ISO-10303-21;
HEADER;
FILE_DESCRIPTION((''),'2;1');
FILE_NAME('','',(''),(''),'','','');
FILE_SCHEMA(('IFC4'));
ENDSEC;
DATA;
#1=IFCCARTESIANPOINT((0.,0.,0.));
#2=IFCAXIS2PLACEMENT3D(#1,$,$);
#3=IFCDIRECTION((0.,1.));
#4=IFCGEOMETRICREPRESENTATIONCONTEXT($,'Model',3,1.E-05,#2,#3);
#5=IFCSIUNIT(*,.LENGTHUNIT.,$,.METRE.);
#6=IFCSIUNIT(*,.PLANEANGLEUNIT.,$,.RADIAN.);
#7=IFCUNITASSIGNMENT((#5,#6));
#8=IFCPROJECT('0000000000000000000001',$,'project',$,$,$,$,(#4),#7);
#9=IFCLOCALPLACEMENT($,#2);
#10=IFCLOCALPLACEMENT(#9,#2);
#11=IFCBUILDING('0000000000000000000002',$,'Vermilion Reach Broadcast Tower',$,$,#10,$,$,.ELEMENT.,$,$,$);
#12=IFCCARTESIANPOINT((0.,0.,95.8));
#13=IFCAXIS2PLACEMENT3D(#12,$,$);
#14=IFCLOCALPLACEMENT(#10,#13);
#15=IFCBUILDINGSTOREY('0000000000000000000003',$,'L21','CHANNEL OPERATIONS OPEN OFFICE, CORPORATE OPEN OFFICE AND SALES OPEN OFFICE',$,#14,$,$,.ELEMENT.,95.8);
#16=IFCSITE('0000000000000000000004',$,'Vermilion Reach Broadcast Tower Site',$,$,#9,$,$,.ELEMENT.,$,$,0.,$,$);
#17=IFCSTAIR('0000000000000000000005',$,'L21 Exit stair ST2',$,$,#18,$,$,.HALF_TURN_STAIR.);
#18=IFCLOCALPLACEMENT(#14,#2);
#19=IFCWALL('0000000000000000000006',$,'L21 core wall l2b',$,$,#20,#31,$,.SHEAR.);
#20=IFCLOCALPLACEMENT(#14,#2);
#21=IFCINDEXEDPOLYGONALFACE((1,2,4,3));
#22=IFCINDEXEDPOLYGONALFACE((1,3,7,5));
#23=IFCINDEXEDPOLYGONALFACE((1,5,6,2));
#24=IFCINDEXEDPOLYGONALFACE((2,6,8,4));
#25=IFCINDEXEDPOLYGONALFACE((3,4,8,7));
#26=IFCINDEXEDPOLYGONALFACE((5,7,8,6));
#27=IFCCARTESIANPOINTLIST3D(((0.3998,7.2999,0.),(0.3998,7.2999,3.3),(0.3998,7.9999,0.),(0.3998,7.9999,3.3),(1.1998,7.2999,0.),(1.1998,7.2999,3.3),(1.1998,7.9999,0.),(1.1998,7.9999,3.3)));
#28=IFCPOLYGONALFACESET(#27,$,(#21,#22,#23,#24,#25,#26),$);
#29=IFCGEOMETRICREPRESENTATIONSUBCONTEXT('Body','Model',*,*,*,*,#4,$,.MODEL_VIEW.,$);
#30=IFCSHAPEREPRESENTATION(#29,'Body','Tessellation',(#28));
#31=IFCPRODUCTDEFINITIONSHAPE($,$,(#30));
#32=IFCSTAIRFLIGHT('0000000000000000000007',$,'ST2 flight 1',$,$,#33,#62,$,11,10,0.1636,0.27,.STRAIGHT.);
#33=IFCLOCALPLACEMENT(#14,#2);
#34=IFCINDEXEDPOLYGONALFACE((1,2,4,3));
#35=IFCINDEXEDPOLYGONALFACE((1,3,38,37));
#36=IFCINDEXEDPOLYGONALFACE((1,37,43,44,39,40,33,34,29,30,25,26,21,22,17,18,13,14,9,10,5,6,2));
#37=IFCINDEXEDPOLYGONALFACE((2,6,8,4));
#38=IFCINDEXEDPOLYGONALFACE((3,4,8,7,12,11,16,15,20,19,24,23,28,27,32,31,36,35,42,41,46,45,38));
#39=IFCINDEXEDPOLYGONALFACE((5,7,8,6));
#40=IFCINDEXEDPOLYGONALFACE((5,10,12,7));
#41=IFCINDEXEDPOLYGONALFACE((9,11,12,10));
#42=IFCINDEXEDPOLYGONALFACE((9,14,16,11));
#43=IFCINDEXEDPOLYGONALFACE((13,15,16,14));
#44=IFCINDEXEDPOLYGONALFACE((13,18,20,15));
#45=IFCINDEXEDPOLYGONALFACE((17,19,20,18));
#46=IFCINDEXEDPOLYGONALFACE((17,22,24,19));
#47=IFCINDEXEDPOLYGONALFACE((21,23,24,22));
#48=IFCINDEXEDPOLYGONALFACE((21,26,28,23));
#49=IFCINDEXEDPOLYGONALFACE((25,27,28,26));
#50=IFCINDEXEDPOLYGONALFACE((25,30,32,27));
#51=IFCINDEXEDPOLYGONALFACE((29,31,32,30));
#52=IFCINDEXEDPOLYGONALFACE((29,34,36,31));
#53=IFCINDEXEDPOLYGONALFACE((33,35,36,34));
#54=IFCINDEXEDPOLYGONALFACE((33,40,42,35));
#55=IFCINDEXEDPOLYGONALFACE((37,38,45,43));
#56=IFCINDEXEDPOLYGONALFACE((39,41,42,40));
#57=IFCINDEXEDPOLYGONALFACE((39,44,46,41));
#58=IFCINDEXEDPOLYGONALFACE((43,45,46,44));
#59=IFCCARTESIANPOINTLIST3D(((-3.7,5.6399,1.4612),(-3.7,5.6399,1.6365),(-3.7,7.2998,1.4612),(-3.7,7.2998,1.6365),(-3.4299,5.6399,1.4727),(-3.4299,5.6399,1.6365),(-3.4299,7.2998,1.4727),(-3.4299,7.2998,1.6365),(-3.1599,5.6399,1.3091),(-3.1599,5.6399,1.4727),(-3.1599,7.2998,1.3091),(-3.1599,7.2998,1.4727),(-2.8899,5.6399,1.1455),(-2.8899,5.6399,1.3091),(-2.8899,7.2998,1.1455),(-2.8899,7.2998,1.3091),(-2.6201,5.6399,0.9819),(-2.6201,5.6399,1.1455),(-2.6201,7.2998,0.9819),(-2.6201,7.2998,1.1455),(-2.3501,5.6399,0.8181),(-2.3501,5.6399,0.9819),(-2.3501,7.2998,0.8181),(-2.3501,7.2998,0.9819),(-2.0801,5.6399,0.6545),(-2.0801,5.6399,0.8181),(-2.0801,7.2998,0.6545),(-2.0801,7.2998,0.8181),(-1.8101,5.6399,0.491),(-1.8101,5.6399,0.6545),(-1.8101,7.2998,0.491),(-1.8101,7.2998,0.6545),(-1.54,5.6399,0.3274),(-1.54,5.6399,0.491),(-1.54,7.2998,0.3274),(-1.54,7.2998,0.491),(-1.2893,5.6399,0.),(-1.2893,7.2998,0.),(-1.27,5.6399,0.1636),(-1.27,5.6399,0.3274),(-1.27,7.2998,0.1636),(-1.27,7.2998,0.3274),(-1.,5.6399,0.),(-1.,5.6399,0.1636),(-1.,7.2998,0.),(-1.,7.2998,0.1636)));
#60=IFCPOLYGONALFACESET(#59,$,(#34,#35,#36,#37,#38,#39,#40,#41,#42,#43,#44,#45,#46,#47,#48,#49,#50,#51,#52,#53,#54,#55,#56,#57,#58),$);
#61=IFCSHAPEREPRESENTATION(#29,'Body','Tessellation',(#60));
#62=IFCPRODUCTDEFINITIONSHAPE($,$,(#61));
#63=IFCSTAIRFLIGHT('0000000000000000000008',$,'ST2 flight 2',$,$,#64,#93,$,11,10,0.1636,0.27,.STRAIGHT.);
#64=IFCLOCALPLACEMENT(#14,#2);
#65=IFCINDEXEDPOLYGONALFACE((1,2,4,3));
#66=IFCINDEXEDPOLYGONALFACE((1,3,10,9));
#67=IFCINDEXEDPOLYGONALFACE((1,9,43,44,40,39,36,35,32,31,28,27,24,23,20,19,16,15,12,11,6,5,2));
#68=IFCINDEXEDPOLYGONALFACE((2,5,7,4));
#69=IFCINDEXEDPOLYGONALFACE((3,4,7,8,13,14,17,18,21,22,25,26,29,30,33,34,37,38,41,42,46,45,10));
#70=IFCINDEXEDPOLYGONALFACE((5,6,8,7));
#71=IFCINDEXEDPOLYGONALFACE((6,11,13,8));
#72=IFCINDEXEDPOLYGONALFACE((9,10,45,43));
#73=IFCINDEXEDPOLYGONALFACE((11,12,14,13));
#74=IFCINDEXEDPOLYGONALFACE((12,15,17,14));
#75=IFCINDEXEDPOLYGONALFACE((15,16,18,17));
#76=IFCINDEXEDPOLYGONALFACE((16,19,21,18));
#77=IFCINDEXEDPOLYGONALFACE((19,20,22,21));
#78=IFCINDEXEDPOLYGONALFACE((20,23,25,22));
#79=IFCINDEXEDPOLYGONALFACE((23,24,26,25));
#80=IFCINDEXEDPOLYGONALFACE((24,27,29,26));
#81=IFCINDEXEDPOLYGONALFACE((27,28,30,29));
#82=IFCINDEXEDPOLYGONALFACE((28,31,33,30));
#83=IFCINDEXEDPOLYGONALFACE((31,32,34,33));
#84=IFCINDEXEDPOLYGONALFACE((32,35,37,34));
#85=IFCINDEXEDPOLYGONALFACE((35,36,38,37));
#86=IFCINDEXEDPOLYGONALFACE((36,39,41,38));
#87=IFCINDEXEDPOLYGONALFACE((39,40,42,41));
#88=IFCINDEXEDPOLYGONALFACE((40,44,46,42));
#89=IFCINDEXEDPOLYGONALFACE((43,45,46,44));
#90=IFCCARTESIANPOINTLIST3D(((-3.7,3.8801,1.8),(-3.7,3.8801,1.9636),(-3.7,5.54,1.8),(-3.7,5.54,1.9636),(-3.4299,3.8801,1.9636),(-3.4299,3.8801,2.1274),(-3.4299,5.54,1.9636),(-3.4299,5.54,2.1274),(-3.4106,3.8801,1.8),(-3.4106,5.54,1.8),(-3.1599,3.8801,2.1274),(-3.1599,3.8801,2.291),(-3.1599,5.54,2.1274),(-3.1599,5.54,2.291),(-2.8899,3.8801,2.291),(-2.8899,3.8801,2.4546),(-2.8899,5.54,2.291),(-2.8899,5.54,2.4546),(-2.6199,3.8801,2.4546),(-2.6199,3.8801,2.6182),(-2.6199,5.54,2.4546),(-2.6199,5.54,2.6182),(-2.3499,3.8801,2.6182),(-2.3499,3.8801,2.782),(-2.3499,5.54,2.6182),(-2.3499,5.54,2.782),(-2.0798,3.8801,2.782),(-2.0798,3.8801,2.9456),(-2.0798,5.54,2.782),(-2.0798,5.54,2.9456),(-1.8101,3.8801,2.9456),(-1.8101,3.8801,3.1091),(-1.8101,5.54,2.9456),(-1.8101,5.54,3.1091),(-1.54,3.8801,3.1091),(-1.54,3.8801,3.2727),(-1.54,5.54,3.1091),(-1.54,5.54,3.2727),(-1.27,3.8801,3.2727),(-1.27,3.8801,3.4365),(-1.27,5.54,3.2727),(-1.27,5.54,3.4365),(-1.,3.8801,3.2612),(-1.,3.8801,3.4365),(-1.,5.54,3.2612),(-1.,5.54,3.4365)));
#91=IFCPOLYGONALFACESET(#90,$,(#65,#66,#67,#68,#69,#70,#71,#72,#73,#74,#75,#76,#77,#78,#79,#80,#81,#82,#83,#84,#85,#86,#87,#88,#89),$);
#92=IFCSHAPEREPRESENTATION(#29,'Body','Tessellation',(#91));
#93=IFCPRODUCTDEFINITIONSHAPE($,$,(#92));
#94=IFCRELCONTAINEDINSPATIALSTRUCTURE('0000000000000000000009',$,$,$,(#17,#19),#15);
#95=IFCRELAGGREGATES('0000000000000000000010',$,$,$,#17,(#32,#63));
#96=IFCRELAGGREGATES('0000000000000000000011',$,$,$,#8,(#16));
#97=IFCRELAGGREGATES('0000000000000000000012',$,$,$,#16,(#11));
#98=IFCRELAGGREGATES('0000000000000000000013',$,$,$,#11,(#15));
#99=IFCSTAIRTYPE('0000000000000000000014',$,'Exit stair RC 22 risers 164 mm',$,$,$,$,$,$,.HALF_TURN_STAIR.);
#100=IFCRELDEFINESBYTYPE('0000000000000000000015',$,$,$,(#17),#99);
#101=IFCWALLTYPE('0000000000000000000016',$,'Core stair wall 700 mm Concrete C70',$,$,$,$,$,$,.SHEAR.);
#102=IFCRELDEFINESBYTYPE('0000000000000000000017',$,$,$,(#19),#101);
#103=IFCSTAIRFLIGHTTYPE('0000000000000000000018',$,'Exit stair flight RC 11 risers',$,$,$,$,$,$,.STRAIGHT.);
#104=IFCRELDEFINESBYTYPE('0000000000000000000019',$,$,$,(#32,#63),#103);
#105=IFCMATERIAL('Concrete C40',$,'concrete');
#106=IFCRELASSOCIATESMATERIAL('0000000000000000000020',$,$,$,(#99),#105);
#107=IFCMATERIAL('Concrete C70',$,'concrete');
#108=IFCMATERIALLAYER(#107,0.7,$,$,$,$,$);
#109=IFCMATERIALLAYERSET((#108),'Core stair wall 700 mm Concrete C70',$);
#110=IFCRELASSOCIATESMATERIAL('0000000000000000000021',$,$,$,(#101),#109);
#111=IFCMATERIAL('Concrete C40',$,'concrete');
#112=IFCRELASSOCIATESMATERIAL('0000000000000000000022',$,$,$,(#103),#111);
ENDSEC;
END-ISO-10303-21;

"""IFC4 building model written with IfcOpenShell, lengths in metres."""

from ifc_helpers import new_model, si_unit, direction, frame, frame_2d, origin, place, context, subcontext, project, spatial, polyline, rectangle, outline, extrude, material, layer, layer_set, type_object, element, aggregate, save


model = new_model("IFC4")

# Units and contexts
model_context = context("Model", 3, precision=1e-05, world=origin(), true_north=direction((0.0, 1.0)))
body_context = subcontext(model_context, "Body", "Model", "MODEL_VIEW")
ifc_project = project(units=[si_unit("LENGTHUNIT", "METRE"), si_unit("PLANEANGLEUNIT", "RADIAN")], contexts=[model_context])

# Site, building, storey
site_placement = place(None, origin())
site = spatial("IfcSite", under=ifc_project, at=site_placement, Name="Vermilion Reach Broadcast Tower Site", CompositionType="ELEMENT", RefElevation=0.0)
building_placement = place(site_placement, origin())
building = spatial("IfcBuilding", under=site, at=building_placement, Name="Vermilion Reach Broadcast Tower", CompositionType="ELEMENT")
storey_placement = place(building_placement, frame((0.0, 0.0, 95.8)))
storey = spatial("IfcBuildingStorey", under=building, at=storey_placement, Name="L21", Description="CHANNEL OPERATIONS OPEN OFFICE, CORPORATE OPEN OFFICE AND SALES OPEN OFFICE", CompositionType="ELEMENT", Elevation=95.8)

# Stair
ifc_material_1 = material(Name="Concrete C40", Category="concrete")
stair_type = type_object("IfcStairType", Name="Exit stair RC 22 risers 164 mm", PredefinedType="HALF_TURN_STAIR", material=ifc_material_1)
placement_1 = place(storey_placement, origin())
stair_1 = element("IfcStair", 1, at=placement_1, inside=storey, type_object=stair_type, Name="L21 Exit stair ST2", PredefinedType="HALF_TURN_STAIR")

# Wall
ifc_material_2 = material(Name="Concrete C70", Category="concrete")
ifc_layer_1 = layer(ifc_material_2, 0.7)
ifc_layer_set_1 = layer_set([ifc_layer_1], Name="Core stair wall 700 mm Concrete C70")
wall_type_1 = type_object("IfcWallType", Name="Core stair wall 700 mm Concrete C70", PredefinedType="SHEAR", material=ifc_layer_set_1)
wall_1_placement = place(storey_placement, frame((0.3999, 7.6499, 0.0), z_axis=(0.0, 0.0, 1.0), x_axis=(1.0, 0.0, 0.0)))
element("IfcWall", 2, at=wall_1_placement, inside=storey, type_object=wall_type_1, Name="L21 core wall l2b", PredefinedType="SHEAR", context=body_context, shape_type="SweptSolid", body=[
    extrude(rectangle(XDim=0.8, YDim=0.7, at=frame_2d((0.3999, 0.0))), origin(), (0.0, 0.0, 1.0), 3.3),
])

# Stair flights
ifc_material_3 = material(Name="Concrete C40", Category="concrete")
stair_flight_type = type_object("IfcStairFlightType", Name="Exit stair flight RC 11 risers", PredefinedType="STRAIGHT", material=ifc_material_3)
stair_flight_1_placement = place(storey_placement, frame((-1.0, 6.47, 0.0), z_axis=(0.0, 0.0, 1.0), x_axis=(-1.0, 0.0, 0.0)))
stair_flight_1 = element("IfcStairFlight", 3, at=stair_flight_1_placement, type_object=stair_flight_type, Name="ST2 flight 1", NumberOfRisers=11, NumberOfTreads=10, PredefinedType="STRAIGHT", RiserHeight=0.1636, TreadLength=0.27, context=body_context, shape_type="SweptSolid", body=[
    extrude(outline(polyline([(0.0, 0.0), (0.0, 0.1636), (0.27, 0.1636), (0.27, 0.3274), (0.54, 0.3274), (0.54, 0.491), (0.8101, 0.491), (0.8101, 0.6545), (1.0801, 0.6545), (1.0801, 0.8181), (1.3501, 0.8181), (1.3501, 0.9819), (1.6201, 0.9819), (1.6201, 1.1455), (1.8899, 1.1455), (1.8899, 1.3091), (2.1599, 1.3091), (2.1599, 1.4727), (2.4299, 1.4727), (2.4299, 1.6365), (2.7, 1.6365), (2.7, 1.8), (2.7, 1.4612), (0.2893, 0.0), (0.0, 0.0)])), frame((0.0, 0.8301, 0.0), z_axis=(0.0, -1.0, 0.0), x_axis=(1.0, 0.0, 0.0)), (0.0, 0.0, 1.0), 1.6599),
])
stair_flight_2_placement = place(storey_placement, frame((-3.7, 4.71, 1.8), z_axis=(0.0, 0.0, 1.0), x_axis=(1.0, 0.0, 0.0)))
stair_flight_2 = element("IfcStairFlight", 4, at=stair_flight_2_placement, type_object=stair_flight_type, Name="ST2 flight 2", NumberOfRisers=11, NumberOfTreads=10, PredefinedType="STRAIGHT", RiserHeight=0.1636, TreadLength=0.27, context=body_context, shape_type="SweptSolid", body=[
    extrude(outline(polyline([(0.0, 0.0), (0.0, 0.1636), (0.27, 0.1636), (0.27, 0.3274), (0.54, 0.3274), (0.54, 0.491), (0.8101, 0.491), (0.8101, 0.6545), (1.0801, 0.6545), (1.0801, 0.8181), (1.3501, 0.8181), (1.3501, 0.9819), (1.6201, 0.9819), (1.6201, 1.1455), (1.8899, 1.1455), (1.8899, 1.3091), (2.1599, 1.3091), (2.1599, 1.4727), (2.4299, 1.4727), (2.4299, 1.6365), (2.7, 1.6365), (2.7, 1.8), (2.7, 1.4612), (0.2893, 0.0), (0.0, 0.0)])), frame((0.0, 0.8301, 0.0), z_axis=(0.0, -1.0, 0.0), x_axis=(1.0, 0.0, 0.0)), (0.0, 0.0, 1.0), 1.6599),
])
aggregate(stair_1, [stair_flight_1, stair_flight_2])

save(model, "model.ifc")
